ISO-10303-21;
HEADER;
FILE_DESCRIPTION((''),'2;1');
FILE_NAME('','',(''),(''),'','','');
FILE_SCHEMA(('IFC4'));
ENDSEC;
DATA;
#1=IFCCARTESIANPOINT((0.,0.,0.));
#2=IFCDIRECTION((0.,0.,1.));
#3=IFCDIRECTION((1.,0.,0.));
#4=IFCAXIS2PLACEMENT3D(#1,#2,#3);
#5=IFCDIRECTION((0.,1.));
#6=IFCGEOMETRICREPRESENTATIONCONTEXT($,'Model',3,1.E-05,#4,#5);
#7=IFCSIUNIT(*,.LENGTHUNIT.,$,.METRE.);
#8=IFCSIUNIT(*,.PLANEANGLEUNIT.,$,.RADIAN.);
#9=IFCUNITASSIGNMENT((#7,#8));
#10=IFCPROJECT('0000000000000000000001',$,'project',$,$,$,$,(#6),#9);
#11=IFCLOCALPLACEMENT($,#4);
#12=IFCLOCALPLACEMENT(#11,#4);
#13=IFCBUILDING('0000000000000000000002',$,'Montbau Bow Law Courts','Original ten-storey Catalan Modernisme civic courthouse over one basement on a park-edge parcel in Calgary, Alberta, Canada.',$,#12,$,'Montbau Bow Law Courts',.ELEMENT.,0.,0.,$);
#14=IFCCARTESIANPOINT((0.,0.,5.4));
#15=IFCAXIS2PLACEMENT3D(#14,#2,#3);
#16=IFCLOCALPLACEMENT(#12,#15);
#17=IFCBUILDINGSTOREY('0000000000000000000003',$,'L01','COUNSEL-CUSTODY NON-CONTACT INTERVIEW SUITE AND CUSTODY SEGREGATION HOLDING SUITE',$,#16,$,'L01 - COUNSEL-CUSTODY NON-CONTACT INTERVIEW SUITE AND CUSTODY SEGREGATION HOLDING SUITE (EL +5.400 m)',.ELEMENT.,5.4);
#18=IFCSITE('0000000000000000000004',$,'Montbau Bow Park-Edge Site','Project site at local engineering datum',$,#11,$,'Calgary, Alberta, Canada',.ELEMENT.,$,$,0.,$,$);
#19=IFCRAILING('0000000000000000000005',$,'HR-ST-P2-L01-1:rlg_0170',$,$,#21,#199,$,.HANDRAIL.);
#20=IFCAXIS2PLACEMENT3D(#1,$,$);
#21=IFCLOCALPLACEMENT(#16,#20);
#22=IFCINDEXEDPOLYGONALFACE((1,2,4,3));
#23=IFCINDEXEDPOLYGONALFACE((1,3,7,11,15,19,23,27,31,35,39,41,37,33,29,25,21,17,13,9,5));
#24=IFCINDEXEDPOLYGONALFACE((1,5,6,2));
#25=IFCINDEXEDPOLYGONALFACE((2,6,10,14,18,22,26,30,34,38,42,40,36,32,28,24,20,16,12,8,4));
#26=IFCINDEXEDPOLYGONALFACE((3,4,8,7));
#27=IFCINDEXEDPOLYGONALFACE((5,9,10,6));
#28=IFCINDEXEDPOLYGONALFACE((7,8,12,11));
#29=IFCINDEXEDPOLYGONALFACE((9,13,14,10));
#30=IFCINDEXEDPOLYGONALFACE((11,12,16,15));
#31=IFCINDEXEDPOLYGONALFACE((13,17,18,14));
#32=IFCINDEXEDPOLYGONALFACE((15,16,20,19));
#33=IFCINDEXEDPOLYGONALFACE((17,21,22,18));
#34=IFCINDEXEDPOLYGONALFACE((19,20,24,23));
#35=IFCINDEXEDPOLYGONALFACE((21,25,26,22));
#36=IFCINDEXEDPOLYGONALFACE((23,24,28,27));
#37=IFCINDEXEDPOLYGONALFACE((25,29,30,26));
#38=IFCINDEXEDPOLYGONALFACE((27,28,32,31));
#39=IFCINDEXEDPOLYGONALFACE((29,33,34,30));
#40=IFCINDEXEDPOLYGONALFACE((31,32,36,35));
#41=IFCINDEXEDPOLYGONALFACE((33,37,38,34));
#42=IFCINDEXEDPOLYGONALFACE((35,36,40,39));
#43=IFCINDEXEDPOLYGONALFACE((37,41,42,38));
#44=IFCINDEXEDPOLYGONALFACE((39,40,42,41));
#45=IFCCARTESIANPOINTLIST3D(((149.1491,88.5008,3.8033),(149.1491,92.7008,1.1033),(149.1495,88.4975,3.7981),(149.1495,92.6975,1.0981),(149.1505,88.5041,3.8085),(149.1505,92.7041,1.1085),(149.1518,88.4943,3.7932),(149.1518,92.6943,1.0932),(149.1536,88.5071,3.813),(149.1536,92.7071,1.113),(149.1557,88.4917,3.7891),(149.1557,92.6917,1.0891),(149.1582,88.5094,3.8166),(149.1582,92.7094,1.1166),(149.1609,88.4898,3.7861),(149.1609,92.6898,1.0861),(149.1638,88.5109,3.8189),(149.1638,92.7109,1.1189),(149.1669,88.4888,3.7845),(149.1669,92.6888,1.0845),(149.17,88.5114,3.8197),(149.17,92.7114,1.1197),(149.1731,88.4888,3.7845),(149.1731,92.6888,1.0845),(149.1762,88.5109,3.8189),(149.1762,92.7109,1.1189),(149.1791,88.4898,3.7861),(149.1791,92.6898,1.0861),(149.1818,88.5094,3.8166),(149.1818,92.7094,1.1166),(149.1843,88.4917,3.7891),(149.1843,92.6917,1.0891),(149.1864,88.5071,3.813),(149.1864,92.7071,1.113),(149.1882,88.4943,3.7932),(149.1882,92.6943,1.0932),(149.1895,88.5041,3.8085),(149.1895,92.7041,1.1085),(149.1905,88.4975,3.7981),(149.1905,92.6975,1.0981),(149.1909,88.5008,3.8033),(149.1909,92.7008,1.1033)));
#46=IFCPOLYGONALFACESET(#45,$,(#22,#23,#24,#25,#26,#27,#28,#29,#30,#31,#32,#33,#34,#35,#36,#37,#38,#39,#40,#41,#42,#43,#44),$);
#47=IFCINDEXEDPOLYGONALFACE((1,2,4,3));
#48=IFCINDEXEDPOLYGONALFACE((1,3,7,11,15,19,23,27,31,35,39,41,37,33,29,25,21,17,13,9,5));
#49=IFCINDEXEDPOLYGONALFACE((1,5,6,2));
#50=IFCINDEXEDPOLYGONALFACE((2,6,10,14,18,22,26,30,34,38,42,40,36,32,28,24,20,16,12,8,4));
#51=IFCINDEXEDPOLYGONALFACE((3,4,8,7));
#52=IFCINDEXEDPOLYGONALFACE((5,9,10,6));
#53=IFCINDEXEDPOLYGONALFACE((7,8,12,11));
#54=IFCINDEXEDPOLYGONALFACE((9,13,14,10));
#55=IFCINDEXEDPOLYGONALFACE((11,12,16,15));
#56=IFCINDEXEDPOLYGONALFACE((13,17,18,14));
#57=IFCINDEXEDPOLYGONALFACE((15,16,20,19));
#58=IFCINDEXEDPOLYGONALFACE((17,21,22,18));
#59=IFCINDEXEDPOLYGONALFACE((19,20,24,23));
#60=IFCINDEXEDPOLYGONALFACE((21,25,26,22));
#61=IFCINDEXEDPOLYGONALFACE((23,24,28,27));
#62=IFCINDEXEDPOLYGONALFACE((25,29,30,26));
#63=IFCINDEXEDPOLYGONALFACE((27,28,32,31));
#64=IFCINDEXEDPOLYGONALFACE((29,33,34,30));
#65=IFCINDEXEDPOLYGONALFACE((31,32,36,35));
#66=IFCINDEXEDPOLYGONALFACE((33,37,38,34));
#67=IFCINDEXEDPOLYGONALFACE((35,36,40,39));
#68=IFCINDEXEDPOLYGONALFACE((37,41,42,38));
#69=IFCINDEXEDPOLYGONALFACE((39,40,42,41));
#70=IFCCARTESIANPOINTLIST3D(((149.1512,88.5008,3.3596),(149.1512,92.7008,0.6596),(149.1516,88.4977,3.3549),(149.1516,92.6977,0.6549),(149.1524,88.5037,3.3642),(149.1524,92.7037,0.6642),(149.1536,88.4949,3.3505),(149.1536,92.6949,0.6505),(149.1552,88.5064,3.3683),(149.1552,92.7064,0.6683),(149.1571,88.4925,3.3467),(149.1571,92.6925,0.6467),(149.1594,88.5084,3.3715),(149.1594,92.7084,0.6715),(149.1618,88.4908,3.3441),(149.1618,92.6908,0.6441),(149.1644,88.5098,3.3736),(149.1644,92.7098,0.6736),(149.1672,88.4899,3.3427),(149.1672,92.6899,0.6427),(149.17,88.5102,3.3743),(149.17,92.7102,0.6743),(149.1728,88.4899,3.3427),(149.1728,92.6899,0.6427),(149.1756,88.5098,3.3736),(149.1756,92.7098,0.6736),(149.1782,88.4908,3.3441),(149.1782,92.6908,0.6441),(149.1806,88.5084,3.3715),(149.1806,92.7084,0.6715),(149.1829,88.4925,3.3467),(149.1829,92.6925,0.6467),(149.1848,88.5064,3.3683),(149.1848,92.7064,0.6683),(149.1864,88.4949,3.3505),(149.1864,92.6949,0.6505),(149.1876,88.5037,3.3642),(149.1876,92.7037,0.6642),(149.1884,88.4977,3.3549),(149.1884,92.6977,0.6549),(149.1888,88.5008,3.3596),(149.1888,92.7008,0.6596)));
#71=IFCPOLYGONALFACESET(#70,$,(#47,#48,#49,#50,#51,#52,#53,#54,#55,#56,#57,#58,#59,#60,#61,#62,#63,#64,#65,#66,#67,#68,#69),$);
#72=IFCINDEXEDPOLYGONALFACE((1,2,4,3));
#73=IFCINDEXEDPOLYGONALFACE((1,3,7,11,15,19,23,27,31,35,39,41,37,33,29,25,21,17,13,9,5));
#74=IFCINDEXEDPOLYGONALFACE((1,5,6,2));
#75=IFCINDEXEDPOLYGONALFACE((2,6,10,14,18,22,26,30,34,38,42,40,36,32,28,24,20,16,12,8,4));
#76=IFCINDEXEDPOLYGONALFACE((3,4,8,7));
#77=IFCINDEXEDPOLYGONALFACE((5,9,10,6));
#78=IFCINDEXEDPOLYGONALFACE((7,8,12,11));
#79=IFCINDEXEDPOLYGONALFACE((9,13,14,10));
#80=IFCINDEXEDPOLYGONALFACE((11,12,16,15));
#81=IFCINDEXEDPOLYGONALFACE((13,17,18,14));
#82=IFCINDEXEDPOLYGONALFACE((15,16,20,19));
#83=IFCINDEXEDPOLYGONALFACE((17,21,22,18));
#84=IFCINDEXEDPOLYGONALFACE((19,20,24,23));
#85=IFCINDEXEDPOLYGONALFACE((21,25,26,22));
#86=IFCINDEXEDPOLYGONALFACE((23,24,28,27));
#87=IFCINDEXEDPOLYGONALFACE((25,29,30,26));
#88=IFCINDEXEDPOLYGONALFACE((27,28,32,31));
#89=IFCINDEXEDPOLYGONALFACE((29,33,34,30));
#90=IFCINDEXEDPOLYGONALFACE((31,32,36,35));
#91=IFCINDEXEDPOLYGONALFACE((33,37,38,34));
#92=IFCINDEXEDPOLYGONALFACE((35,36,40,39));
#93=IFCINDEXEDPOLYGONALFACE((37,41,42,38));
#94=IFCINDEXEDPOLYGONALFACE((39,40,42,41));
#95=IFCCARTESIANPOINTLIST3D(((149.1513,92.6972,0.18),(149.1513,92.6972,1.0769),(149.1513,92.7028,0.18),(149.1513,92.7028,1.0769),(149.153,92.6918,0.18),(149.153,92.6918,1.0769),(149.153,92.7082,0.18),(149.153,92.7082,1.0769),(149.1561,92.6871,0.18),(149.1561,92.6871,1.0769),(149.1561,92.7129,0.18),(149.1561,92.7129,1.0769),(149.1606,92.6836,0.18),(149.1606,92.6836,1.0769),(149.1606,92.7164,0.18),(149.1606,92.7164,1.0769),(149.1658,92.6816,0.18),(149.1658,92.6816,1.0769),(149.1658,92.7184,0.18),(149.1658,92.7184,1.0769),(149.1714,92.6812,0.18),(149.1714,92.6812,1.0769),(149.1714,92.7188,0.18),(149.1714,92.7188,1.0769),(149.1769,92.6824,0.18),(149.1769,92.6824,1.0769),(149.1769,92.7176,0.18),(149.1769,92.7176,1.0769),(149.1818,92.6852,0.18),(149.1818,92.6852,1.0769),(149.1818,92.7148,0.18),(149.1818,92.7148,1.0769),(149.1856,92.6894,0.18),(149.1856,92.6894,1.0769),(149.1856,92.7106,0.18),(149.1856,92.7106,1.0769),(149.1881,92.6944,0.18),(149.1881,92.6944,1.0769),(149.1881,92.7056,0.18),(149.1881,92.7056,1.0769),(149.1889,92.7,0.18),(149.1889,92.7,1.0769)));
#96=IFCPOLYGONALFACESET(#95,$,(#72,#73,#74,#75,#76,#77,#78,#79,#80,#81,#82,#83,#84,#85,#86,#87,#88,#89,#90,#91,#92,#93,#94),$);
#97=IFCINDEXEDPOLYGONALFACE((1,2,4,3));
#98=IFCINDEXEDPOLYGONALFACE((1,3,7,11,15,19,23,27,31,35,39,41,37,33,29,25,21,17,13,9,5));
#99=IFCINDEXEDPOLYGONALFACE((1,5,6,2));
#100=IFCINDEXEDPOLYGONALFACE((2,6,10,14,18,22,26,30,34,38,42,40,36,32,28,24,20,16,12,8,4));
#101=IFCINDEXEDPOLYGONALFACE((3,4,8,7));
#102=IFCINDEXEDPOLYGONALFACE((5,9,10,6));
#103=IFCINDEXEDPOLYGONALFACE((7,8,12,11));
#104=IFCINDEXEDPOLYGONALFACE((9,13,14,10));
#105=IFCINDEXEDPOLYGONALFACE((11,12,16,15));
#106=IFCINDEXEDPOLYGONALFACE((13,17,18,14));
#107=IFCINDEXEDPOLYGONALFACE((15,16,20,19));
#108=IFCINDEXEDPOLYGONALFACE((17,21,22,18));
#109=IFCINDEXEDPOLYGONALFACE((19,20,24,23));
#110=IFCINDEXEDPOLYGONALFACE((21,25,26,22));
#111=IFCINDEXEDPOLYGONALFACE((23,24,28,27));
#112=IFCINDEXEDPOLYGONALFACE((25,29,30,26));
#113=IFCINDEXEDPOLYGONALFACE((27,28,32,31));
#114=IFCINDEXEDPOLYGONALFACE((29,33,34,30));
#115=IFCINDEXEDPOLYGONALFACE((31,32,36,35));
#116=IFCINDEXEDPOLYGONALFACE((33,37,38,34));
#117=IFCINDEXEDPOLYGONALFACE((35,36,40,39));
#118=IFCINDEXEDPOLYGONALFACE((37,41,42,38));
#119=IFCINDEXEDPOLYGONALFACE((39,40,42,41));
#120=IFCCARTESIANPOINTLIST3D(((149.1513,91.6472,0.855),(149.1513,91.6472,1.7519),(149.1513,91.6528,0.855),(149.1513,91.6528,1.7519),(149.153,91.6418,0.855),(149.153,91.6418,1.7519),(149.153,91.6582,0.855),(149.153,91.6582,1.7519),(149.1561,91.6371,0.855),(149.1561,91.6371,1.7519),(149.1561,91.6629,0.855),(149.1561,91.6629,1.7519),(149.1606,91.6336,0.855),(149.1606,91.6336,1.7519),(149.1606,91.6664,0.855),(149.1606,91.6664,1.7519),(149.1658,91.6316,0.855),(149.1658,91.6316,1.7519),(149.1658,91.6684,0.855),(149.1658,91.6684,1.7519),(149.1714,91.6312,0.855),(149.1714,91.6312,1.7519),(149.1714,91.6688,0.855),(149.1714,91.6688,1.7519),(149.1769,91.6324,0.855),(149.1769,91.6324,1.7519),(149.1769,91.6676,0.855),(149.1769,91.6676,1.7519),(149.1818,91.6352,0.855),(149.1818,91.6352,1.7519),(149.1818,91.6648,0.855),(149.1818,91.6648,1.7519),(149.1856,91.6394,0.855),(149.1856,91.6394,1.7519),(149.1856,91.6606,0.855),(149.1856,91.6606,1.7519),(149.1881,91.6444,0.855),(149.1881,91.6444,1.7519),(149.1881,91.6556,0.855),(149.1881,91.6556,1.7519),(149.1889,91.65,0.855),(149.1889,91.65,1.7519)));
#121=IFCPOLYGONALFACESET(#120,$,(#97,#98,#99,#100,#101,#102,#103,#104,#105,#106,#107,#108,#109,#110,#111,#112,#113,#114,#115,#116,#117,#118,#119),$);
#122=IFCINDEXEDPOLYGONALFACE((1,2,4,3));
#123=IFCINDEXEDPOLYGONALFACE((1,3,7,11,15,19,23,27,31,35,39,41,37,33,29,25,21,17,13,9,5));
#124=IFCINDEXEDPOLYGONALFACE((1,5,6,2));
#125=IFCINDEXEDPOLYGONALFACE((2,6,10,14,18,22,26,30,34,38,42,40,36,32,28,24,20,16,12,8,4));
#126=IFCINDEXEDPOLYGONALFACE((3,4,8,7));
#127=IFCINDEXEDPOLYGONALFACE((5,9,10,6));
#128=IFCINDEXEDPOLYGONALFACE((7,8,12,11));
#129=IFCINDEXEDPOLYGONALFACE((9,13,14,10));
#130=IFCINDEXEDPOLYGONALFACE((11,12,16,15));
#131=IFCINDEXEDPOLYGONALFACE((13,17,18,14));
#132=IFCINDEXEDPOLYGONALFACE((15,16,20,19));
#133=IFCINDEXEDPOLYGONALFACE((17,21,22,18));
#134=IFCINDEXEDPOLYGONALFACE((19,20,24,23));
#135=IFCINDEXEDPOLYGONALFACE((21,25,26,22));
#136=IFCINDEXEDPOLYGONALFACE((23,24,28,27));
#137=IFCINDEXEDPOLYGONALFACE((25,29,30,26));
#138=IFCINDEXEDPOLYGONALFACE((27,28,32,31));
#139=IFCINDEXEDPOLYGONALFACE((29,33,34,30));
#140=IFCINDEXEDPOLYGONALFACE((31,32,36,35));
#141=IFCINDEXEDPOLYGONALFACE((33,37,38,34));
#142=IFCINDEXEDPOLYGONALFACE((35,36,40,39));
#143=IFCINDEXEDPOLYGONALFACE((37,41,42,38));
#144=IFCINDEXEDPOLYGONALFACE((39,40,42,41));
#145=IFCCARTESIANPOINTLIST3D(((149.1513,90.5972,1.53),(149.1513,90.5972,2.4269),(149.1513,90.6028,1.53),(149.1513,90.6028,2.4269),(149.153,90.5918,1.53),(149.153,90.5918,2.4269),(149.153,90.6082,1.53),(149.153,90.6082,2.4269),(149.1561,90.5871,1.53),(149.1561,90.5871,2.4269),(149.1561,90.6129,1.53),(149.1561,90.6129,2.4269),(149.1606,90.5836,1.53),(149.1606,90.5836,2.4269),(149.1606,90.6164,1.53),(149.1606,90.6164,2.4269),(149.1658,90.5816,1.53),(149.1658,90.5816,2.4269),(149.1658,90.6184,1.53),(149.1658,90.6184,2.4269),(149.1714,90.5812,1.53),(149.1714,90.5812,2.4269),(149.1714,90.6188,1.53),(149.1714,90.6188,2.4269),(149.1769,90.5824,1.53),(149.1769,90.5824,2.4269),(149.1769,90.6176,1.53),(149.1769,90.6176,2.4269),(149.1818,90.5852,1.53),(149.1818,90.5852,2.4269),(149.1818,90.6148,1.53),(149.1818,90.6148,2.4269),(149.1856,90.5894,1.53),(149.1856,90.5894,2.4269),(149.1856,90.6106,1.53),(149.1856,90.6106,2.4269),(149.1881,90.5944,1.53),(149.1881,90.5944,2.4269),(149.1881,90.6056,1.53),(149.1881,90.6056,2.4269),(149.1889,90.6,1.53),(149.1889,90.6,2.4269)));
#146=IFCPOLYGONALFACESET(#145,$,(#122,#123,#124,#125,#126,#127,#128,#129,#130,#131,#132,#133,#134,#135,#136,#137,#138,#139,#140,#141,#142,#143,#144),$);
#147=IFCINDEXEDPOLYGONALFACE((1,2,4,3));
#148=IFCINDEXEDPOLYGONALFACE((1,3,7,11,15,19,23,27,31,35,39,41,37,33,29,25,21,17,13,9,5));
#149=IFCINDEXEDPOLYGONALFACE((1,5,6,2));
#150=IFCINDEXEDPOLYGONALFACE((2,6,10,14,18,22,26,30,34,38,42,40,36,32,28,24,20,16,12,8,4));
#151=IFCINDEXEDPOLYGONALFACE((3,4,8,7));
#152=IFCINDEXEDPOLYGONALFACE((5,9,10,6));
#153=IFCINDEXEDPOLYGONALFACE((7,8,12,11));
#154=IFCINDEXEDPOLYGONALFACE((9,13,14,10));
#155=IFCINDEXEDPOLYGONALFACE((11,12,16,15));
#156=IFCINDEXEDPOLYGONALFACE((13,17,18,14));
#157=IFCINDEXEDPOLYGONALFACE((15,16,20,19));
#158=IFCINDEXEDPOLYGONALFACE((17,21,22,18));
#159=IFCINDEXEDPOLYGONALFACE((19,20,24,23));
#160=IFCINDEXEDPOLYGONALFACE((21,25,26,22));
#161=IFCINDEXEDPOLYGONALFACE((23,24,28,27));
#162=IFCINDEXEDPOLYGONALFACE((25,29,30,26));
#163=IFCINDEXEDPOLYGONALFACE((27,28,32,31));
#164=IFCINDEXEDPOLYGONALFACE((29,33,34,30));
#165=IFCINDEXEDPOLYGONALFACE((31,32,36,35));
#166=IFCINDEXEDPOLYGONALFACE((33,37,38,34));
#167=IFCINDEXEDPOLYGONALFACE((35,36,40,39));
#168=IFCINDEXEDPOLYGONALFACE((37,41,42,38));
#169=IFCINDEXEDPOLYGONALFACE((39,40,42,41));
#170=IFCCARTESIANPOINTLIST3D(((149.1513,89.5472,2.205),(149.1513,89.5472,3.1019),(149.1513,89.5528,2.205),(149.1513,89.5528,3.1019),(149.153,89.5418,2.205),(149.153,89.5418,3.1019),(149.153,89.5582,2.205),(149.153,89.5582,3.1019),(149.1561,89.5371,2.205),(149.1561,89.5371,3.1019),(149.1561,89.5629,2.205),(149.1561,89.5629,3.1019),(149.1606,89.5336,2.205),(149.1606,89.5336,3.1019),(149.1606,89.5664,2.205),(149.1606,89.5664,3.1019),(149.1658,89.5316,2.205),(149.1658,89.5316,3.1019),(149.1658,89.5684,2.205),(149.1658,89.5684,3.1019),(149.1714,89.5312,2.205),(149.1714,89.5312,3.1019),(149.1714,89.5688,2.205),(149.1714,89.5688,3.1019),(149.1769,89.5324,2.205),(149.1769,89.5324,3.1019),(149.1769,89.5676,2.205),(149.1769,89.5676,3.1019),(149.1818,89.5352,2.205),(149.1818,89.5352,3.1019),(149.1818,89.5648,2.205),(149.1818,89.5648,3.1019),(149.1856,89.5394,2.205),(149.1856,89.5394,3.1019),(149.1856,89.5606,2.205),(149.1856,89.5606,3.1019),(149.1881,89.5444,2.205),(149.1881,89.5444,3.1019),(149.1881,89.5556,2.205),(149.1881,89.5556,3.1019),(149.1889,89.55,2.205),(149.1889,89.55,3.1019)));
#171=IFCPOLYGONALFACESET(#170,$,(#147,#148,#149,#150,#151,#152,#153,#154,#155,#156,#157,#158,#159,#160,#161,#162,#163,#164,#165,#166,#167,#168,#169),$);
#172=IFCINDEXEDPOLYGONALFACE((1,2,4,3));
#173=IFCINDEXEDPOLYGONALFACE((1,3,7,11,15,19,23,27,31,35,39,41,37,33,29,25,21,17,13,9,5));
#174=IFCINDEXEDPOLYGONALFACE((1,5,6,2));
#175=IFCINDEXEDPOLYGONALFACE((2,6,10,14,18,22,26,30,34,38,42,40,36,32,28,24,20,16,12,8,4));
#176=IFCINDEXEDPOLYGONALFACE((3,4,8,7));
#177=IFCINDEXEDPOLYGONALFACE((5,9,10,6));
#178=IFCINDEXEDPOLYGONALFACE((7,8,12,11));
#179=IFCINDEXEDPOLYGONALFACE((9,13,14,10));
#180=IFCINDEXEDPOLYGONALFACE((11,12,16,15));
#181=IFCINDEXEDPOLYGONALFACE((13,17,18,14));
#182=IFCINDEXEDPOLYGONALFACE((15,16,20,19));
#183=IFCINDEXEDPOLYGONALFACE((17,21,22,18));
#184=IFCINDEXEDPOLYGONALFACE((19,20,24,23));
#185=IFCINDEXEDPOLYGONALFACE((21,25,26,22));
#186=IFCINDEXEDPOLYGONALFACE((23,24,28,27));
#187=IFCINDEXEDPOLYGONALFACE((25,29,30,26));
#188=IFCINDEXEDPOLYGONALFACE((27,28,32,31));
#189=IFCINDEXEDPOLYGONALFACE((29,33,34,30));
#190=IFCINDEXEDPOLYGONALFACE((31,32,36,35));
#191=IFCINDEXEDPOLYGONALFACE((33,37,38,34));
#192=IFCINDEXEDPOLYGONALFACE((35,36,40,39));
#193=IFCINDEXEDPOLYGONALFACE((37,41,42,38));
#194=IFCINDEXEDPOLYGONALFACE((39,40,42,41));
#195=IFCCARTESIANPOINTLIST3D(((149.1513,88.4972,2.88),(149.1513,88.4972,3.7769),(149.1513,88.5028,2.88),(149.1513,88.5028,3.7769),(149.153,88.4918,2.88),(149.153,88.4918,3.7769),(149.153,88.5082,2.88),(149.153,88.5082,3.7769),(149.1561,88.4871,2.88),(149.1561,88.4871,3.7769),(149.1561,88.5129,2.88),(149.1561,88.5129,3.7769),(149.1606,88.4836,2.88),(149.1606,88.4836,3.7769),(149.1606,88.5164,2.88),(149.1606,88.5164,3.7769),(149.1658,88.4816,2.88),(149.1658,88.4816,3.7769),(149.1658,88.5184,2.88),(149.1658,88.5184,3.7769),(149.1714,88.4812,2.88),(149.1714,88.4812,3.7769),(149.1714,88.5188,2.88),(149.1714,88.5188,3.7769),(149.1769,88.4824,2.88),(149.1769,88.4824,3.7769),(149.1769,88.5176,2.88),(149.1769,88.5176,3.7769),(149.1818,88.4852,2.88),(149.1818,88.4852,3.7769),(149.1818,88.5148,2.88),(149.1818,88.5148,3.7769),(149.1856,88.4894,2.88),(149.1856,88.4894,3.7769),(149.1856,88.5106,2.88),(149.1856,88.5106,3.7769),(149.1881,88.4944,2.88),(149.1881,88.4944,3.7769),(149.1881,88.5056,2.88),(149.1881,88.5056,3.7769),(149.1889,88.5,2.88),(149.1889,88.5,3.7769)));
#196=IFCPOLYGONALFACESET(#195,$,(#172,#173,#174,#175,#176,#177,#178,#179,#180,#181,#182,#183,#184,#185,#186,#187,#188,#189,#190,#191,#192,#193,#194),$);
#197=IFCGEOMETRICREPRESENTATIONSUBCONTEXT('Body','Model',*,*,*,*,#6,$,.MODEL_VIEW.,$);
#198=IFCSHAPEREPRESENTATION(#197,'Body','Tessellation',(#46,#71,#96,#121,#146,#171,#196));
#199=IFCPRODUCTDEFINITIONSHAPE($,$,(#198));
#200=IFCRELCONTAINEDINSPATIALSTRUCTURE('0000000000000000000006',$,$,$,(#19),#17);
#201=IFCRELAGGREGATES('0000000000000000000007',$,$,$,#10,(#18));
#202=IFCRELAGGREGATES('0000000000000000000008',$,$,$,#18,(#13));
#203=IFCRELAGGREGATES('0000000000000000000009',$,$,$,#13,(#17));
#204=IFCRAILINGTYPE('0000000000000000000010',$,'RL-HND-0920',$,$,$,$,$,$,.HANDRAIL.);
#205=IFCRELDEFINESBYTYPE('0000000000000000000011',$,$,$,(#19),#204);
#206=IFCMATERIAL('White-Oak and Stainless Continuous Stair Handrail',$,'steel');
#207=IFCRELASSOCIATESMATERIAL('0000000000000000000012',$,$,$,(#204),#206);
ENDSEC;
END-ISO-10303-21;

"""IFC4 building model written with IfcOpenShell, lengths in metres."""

from ifc_helpers import new_model, si_unit, direction, frame, origin_with_axes, origin_2d_with_axis, place, context, subcontext, project, spatial, circle, extrude, material, type_object, element, save


model = new_model("IFC4")

# Units and contexts
model_context = context("Model", 3, precision=1e-05, world=origin_with_axes(), true_north=direction((0.0, 1.0)))
body_context = subcontext(model_context, "Body", "Model", "MODEL_VIEW")
ifc_project = project(units=[si_unit("LENGTHUNIT", "METRE"), si_unit("PLANEANGLEUNIT", "RADIAN")], contexts=[model_context])

# Site, building, storey
site_placement = place(None, origin_with_axes())
site = spatial("IfcSite", under=ifc_project, at=site_placement, Name="Montbau Bow Park-Edge Site", Description="Project site at local engineering datum", LongName="Calgary, Alberta, Canada", CompositionType="ELEMENT", RefElevation=0.0)
building_placement = place(site_placement, origin_with_axes())
building = spatial("IfcBuilding", under=site, at=building_placement, Name="Montbau Bow Law Courts", Description="Original ten-storey Catalan Modernisme civic courthouse over one basement on a park-edge parcel in Calgary, Alberta, Canada.", LongName="Montbau Bow Law Courts", CompositionType="ELEMENT", ElevationOfRefHeight=0.0, ElevationOfTerrain=0.0)
storey_placement = place(building_placement, frame((0.0, 0.0, 5.4), z_axis=(0.0, 0.0, 1.0), x_axis=(1.0, 0.0, 0.0)))
storey = spatial("IfcBuildingStorey", under=building, at=storey_placement, Name="L01", Description="COUNSEL-CUSTODY NON-CONTACT INTERVIEW SUITE AND CUSTODY SEGREGATION HOLDING SUITE", LongName="L01 - COUNSEL-CUSTODY NON-CONTACT INTERVIEW SUITE AND CUSTODY SEGREGATION HOLDING SUITE (EL +5.400 m)", CompositionType="ELEMENT", Elevation=5.4)

# Railing
ifc_material_1 = material(Name="White-Oak and Stainless Continuous Stair Handrail", Category="steel")
railing_type_1 = type_object("IfcRailingType", Name="RL-HND-0920", PredefinedType="HANDRAIL", material=ifc_material_1)
railing_1_placement = place(None, origin_with_axes())
element("IfcRailing", 1, at=railing_1_placement, inside=storey, type_object=railing_type_1, Name="HR-ST-P2-L01-1:rlg_0170", PredefinedType="HANDRAIL", context=body_context, shape_type="SweptSolid", body=[
    extrude(circle(Radius=0.021, at=origin_2d_with_axis()), frame((149.17, 92.7, 6.502), z_axis=(0.0, -0.841178, 0.540758), x_axis=(0.0, 0.540758, 0.841178)), (0.0, 0.0, 1.0), 4.993),
    extrude(circle(Radius=0.0189, at=origin_2d_with_axis()), frame((149.17, 92.7, 6.0584), z_axis=(0.0, -0.841178, 0.540758), x_axis=(0.0, 0.540758, 0.841178)), (0.0, 0.0, 1.0), 4.993),
    extrude(circle(Radius=0.0189, at=origin_2d_with_axis()), frame((149.17, 92.7, 5.58), z_axis=(0.0, 0.0, 1.0), x_axis=(1.0, 0.0, 0.0)), (0.0, 0.0, 1.0), 0.8969),
    extrude(circle(Radius=0.0189, at=origin_2d_with_axis()), frame((149.17, 91.65, 6.255), z_axis=(0.0, 0.0, 1.0), x_axis=(1.0, 0.0, 0.0)), (0.0, 0.0, 1.0), 0.8969),
    extrude(circle(Radius=0.0189, at=origin_2d_with_axis()), frame((149.17, 90.6, 6.93), z_axis=(0.0, 0.0, 1.0), x_axis=(1.0, 0.0, 0.0)), (0.0, 0.0, 1.0), 0.8969),
    extrude(circle(Radius=0.0189, at=origin_2d_with_axis()), frame((149.17, 89.55, 7.605), z_axis=(0.0, 0.0, 1.0), x_axis=(1.0, 0.0, 0.0)), (0.0, 0.0, 1.0), 0.8969),
    extrude(circle(Radius=0.0189, at=origin_2d_with_axis()), frame((149.17, 88.5, 8.28), z_axis=(0.0, 0.0, 1.0), x_axis=(1.0, 0.0, 0.0)), (0.0, 0.0, 1.0), 0.8969),
])

save(model, "model.ifc")
